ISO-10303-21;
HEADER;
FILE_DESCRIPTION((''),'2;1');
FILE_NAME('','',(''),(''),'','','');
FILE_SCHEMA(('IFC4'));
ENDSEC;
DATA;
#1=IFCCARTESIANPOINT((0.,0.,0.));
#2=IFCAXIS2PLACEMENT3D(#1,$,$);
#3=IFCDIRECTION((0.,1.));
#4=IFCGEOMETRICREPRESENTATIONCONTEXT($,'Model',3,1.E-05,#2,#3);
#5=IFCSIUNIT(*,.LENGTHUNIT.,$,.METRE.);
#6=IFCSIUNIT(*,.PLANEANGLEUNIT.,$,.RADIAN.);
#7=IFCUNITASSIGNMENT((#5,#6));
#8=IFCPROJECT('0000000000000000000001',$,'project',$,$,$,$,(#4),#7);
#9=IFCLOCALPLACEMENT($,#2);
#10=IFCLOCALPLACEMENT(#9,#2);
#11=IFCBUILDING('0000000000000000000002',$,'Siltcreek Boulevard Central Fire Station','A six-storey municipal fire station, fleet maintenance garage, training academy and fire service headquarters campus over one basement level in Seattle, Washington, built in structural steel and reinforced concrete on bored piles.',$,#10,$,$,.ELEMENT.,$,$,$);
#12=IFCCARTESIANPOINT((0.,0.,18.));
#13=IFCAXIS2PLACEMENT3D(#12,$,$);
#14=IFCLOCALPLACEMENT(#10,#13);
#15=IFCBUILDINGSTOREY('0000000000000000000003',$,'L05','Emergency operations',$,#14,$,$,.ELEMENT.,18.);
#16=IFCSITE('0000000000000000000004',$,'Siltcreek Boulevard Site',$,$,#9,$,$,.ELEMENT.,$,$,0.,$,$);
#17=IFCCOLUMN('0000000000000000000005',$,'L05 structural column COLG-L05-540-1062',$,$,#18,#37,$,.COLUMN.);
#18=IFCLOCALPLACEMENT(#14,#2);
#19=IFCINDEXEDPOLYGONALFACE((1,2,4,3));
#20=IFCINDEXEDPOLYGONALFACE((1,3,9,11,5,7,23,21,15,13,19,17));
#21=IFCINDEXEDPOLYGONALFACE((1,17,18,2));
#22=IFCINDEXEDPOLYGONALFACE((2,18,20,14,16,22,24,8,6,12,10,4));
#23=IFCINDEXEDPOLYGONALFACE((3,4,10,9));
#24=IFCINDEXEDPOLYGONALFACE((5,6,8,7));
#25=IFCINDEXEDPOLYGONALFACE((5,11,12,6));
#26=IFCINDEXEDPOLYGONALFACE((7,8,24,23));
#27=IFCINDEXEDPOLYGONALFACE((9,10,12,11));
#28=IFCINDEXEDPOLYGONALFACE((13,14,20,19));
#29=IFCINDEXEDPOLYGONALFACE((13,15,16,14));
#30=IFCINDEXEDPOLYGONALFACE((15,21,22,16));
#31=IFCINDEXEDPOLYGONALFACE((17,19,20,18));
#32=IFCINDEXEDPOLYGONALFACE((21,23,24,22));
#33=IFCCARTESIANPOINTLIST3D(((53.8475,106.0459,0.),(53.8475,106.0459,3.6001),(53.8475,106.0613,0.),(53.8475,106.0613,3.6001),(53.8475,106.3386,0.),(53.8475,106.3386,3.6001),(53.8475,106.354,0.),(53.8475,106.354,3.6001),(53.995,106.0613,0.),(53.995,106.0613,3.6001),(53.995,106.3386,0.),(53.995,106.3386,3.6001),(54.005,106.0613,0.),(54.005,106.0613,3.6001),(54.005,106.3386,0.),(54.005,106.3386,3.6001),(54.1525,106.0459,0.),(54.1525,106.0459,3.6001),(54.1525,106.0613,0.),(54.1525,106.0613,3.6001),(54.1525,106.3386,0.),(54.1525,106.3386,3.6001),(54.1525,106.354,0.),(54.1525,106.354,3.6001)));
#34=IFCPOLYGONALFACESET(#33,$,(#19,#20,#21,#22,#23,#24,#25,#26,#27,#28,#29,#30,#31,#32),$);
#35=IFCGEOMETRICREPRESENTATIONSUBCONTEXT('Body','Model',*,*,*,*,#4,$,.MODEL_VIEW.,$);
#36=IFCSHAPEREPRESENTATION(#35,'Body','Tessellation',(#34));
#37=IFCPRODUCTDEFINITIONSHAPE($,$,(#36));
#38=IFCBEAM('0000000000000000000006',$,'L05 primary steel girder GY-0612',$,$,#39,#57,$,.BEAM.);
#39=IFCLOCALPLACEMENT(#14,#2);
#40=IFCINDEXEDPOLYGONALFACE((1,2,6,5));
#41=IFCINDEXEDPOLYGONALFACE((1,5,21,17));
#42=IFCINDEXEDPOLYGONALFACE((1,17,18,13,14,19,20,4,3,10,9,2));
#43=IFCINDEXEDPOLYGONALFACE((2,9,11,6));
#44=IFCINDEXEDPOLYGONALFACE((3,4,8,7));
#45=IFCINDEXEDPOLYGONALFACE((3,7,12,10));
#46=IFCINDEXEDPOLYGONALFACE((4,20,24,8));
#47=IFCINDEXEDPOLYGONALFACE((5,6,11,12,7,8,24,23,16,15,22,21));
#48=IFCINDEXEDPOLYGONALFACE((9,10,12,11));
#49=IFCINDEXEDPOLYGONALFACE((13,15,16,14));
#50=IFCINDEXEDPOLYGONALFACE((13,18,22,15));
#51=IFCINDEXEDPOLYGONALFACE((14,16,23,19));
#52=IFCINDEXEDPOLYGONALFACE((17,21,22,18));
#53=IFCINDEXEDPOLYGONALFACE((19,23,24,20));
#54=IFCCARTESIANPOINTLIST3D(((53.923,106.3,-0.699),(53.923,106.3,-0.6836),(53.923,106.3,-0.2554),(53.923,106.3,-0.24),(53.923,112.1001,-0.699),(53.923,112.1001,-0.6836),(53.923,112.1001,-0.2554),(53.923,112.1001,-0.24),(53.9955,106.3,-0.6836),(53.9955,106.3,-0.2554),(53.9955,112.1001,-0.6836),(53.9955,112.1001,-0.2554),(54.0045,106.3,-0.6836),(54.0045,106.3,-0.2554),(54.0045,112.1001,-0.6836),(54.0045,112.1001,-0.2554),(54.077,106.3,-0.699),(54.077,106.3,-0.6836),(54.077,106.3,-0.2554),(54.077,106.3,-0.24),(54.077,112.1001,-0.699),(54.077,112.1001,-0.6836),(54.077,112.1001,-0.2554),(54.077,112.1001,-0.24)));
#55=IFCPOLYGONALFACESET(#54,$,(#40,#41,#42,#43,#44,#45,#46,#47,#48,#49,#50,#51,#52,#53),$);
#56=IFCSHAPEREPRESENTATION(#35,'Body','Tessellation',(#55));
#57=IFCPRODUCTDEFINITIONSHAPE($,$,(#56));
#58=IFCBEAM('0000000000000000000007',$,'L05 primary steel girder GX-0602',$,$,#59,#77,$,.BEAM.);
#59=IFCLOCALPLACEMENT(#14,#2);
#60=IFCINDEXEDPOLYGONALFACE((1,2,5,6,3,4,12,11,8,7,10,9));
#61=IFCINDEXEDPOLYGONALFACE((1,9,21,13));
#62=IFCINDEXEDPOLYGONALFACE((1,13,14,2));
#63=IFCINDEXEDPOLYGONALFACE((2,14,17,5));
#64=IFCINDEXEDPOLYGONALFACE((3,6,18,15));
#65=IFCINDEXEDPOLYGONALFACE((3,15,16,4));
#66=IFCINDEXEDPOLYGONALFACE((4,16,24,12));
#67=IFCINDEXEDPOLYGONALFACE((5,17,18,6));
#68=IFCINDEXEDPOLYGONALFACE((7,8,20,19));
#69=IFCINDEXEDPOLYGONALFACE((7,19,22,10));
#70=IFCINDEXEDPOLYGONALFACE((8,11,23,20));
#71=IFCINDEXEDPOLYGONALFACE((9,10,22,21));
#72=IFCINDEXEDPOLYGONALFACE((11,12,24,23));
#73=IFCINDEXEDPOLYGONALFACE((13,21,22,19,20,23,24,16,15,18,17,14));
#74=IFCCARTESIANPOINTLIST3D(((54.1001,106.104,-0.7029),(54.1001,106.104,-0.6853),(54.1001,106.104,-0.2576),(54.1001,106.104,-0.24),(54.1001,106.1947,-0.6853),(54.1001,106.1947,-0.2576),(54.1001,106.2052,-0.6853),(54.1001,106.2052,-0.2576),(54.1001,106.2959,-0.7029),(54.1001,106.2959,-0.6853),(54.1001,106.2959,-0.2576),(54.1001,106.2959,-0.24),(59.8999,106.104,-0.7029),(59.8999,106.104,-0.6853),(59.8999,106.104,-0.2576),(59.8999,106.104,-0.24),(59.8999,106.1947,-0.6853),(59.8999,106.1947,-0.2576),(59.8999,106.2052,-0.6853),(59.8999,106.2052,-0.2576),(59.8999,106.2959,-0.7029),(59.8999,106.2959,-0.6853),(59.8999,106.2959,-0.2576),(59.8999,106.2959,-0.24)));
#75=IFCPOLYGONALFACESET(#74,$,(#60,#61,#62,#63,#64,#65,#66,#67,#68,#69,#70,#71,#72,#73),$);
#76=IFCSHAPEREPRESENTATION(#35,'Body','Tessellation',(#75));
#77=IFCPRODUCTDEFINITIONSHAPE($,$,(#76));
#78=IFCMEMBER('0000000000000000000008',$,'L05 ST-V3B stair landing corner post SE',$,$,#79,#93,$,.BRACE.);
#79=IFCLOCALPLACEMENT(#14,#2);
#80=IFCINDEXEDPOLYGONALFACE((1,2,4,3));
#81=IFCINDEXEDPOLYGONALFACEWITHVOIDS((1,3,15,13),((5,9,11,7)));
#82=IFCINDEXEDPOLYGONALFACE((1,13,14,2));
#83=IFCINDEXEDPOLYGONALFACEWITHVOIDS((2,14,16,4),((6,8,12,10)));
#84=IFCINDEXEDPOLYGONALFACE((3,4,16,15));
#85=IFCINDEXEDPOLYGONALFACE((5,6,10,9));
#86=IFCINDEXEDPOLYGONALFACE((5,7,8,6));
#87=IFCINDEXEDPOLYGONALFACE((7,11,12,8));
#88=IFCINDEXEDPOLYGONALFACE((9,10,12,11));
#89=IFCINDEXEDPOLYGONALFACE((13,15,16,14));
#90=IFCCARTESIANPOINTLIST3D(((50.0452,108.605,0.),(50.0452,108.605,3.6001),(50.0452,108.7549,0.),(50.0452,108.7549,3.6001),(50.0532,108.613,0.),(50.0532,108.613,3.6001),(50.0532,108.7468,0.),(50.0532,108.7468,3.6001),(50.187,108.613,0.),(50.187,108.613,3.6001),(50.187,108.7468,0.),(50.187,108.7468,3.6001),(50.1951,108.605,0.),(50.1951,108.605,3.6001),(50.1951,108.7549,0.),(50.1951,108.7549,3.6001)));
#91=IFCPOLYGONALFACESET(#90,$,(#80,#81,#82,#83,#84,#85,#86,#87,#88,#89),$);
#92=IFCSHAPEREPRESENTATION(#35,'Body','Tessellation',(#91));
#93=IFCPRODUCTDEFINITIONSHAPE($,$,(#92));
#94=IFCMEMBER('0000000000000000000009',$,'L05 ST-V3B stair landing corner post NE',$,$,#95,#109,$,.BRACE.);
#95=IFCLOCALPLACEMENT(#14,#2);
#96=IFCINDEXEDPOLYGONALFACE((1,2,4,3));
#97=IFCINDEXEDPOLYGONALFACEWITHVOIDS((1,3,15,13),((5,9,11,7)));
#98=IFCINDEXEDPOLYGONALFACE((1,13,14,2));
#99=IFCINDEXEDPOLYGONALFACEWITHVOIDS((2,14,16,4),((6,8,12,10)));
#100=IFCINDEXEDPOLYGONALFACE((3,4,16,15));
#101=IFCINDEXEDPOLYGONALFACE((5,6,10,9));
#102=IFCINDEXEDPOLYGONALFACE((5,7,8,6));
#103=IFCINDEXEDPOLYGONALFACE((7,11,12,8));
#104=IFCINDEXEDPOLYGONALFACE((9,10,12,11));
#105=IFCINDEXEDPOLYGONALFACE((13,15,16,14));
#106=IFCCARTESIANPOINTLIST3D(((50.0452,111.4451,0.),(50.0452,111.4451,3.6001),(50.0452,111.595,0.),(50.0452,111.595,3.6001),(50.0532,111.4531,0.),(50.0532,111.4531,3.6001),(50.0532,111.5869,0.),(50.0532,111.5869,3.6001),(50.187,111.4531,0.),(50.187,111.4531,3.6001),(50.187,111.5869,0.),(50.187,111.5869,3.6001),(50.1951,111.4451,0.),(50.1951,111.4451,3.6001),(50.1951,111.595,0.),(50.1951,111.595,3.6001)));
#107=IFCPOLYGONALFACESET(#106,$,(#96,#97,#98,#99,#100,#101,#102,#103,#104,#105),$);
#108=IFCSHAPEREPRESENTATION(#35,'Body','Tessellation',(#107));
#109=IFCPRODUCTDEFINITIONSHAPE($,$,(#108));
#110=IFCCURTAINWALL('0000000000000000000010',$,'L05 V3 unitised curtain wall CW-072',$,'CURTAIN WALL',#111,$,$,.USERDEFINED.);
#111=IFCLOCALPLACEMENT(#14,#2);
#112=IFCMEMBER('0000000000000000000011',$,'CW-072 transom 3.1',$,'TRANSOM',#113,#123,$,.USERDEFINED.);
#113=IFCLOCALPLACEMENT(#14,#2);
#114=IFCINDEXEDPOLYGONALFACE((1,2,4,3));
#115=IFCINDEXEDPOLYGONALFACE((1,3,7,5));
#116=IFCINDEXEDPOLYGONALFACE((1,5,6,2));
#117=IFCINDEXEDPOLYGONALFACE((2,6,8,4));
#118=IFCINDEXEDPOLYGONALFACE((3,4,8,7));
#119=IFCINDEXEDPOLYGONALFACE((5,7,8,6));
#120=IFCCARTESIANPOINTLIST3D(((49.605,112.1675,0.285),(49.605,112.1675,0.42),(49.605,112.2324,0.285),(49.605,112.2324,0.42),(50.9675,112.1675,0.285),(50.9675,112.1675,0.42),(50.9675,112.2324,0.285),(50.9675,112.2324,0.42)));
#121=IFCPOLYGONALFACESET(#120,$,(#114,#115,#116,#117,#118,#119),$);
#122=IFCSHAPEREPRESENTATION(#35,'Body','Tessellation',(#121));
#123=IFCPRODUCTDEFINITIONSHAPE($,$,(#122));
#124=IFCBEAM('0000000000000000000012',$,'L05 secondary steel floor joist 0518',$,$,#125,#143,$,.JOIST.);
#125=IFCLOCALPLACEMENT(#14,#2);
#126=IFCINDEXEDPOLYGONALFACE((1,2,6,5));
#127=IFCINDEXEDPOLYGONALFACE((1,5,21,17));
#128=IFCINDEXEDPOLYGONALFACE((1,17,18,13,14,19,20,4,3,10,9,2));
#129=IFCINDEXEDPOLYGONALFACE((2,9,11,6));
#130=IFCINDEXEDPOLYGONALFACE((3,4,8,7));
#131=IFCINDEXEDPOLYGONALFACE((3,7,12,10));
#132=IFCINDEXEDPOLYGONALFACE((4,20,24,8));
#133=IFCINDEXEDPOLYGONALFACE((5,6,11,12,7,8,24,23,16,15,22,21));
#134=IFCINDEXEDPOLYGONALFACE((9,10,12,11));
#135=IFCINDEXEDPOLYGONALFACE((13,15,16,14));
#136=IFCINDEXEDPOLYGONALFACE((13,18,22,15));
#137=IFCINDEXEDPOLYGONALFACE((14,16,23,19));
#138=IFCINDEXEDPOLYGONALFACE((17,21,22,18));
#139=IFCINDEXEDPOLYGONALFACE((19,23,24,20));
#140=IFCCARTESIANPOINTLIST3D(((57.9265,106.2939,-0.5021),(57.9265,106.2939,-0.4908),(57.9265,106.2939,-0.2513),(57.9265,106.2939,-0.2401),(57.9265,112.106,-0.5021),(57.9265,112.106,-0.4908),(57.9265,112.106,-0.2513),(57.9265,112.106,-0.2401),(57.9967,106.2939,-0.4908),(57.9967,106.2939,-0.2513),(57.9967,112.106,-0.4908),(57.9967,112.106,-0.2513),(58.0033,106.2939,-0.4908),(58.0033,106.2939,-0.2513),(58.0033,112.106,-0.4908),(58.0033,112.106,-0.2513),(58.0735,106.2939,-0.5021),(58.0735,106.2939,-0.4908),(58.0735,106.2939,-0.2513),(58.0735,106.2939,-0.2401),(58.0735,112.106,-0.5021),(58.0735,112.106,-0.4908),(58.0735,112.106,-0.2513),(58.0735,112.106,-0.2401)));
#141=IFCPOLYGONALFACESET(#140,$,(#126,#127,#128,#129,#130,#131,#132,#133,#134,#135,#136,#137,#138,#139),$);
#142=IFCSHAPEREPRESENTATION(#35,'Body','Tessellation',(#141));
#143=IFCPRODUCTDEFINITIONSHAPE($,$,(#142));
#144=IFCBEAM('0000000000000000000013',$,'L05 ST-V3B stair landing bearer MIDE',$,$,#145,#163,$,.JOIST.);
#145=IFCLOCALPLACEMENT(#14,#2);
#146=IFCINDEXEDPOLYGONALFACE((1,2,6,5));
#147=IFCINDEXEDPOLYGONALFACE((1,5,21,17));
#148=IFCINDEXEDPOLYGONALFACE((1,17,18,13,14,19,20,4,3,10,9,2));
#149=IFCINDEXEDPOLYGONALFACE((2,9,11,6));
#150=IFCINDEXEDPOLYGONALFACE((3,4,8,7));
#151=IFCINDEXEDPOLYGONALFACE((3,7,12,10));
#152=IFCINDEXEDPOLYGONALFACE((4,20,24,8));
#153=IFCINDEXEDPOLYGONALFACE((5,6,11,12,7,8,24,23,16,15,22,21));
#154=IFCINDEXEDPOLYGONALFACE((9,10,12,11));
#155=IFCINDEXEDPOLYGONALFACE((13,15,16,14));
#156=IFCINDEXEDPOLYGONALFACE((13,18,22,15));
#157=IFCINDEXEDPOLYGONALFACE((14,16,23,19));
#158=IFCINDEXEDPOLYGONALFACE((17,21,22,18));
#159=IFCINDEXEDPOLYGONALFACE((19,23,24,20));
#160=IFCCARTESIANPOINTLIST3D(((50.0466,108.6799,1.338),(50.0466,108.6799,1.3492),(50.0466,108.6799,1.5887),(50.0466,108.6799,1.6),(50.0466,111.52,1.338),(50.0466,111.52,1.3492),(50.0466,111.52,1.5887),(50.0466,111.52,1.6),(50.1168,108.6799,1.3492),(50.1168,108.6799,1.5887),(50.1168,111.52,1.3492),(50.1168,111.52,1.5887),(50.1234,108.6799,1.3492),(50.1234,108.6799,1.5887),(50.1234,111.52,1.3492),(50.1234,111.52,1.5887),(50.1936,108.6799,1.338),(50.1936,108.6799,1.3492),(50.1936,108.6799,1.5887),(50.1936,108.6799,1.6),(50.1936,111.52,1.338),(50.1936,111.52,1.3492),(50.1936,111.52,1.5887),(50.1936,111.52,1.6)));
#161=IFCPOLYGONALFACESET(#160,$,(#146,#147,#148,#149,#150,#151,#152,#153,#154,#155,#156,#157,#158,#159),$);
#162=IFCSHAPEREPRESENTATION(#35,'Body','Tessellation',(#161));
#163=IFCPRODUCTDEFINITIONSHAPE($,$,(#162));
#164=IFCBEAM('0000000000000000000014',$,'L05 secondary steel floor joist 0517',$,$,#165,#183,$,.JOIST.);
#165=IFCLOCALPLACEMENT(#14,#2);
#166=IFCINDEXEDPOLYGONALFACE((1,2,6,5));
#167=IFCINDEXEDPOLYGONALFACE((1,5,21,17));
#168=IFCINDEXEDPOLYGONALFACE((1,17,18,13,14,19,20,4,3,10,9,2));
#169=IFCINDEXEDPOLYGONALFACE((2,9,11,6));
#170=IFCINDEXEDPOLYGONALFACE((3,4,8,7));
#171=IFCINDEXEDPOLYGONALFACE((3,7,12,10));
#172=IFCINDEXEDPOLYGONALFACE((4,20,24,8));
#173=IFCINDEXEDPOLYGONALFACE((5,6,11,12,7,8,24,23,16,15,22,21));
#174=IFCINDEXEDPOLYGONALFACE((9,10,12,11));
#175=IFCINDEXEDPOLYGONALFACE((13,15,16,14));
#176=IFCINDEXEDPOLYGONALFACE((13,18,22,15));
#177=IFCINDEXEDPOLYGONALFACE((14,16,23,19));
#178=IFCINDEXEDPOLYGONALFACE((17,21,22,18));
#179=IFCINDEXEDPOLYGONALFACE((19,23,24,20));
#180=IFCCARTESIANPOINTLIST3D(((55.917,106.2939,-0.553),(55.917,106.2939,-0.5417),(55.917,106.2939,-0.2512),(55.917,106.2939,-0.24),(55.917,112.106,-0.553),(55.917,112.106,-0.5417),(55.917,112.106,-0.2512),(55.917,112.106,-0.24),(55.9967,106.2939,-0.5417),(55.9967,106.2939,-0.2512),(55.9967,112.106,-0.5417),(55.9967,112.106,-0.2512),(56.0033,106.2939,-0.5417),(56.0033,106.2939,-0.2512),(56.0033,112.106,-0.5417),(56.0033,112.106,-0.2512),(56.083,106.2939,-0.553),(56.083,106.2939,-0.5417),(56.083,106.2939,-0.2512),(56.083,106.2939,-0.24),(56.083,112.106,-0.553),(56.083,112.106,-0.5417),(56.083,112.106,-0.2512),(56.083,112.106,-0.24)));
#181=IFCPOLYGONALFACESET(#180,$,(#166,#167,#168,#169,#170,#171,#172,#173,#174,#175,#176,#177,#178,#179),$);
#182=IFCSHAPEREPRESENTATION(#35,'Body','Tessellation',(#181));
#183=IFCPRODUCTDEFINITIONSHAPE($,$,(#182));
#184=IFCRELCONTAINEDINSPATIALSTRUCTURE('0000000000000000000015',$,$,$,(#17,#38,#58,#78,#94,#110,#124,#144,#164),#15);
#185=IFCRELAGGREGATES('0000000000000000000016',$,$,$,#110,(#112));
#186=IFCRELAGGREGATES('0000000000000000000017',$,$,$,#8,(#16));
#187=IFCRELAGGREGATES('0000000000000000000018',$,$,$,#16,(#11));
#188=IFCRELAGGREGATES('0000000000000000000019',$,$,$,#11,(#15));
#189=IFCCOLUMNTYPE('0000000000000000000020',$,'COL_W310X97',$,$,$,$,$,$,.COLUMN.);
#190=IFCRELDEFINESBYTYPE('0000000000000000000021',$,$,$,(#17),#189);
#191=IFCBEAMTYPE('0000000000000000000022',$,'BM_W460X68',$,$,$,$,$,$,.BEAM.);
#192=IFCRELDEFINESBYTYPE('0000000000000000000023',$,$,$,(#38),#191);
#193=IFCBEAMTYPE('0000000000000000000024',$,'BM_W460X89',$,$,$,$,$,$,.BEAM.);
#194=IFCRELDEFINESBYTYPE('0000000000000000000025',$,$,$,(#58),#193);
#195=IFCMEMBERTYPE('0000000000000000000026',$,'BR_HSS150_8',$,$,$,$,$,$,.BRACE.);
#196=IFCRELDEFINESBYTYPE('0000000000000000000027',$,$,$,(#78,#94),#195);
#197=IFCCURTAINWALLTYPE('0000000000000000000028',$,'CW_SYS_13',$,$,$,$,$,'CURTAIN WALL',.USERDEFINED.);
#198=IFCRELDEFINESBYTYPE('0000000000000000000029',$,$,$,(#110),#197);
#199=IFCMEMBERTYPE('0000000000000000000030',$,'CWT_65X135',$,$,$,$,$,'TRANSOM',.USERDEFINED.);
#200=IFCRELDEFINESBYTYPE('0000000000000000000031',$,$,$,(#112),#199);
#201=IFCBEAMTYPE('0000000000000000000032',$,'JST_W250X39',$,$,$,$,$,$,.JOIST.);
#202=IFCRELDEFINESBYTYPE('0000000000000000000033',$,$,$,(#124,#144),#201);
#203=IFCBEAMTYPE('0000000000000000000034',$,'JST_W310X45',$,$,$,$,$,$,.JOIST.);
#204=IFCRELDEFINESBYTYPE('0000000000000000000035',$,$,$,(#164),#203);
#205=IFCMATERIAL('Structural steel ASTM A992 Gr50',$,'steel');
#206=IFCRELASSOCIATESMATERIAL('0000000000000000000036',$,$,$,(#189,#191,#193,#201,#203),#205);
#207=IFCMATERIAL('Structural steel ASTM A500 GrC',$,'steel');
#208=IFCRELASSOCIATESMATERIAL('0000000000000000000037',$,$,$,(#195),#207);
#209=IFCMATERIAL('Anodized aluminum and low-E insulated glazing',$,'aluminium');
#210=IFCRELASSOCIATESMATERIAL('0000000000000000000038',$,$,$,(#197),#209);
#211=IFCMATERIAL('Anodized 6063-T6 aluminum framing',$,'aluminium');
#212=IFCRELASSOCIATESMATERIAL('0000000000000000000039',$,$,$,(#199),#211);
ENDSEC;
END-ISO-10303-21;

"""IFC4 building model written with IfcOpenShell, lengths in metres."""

from ifc_helpers import new_model, si_unit, direction, frame, origin, origin_2d, place, context, subcontext, project, spatial, rectangle, hollow_rectangle, i_section, extrude, material, material_profile, profile_set, type_object, element, aggregate, save


model = new_model("IFC4")

# Units and contexts
model_context = context("Model", 3, precision=1e-05, world=origin(), true_north=direction((0.0, 1.0)))
body_context = subcontext(model_context, "Body", "Model", "MODEL_VIEW")
ifc_project = project(units=[si_unit("LENGTHUNIT", "METRE"), si_unit("PLANEANGLEUNIT", "RADIAN")], contexts=[model_context])

# Site, building, storey
site_placement = place(None, origin())
site = spatial("IfcSite", under=ifc_project, at=site_placement, Name="Siltcreek Boulevard Site", CompositionType="ELEMENT", RefElevation=0.0)
building_placement = place(site_placement, origin())
building = spatial("IfcBuilding", under=site, at=building_placement, Name="Siltcreek Boulevard Central Fire Station", Description="A six-storey municipal fire station, fleet maintenance garage, training academy and fire service headquarters campus over one basement level in Seattle, Washington, built in structural steel and reinforced concrete on bored piles.", CompositionType="ELEMENT")
storey_placement = place(building_placement, frame((0.0, 0.0, 18.0)))
storey = spatial("IfcBuildingStorey", under=building, at=storey_placement, Name="L05", Description="Emergency operations", CompositionType="ELEMENT", Elevation=18.0)

# Column
ifc_material_1 = material(Name="Structural steel ASTM A992 Gr50", Category="steel")
ifc_material_profile_1 = material_profile(ifc_material_1, i_section(OverallWidth=0.3049, OverallDepth=0.3081, WebThickness=0.01, FlangeThickness=0.0154, at=origin_2d()), Name="W310X97")
ifc_profile_set_1 = profile_set([ifc_material_profile_1], Name="Structural steel ASTM A992 Gr50")
column_type = type_object("IfcColumnType", Name="COL_W310X97", PredefinedType="COLUMN", material=ifc_profile_set_1)
column_placement = place(storey_placement, frame((54.0, 106.2, 0.0), z_axis=(0.0, 0.0, 1.0), x_axis=(1.0, 0.0, 0.0)))
element("IfcColumn", 1, at=column_placement, inside=storey, type_object=column_type, Name="L05 structural column COLG-L05-540-1062", PredefinedType="COLUMN", context=body_context, shape_type="SweptSolid", body=[
    extrude(i_section(OverallWidth=0.3049, OverallDepth=0.3081, WebThickness=0.01, FlangeThickness=0.0154, at=origin_2d()), origin(), (0.0, 0.0, 1.0), 3.6001),
])

# Beams
ifc_material_profile_2 = material_profile(ifc_material_1, i_section(OverallWidth=0.1541, OverallDepth=0.459, WebThickness=0.009, FlangeThickness=0.0154, at=origin_2d()), Name="W460X68")
ifc_profile_set_2 = profile_set([ifc_material_profile_2], Name="Structural steel ASTM A992 Gr50")
beam_type_1 = type_object("IfcBeamType", Name="BM_W460X68", PredefinedType="BEAM", material=ifc_profile_set_2)
beam_1_placement = place(storey_placement, frame((54.0, 106.3, -0.4695), z_axis=(0.0, 1.0, 0.0), x_axis=(-1.0, 0.0, 0.0)))
element("IfcBeam", 2, at=beam_1_placement, inside=storey, type_object=beam_type_1, Name="L05 primary steel girder GY-0612", PredefinedType="BEAM", context=body_context, shape_type="SweptSolid", body=[
    extrude(i_section(OverallWidth=0.1541, OverallDepth=0.459, WebThickness=0.009, FlangeThickness=0.0154, at=origin_2d()), origin(), (0.0, 0.0, 1.0), 5.8),
])
ifc_material_profile_3 = material_profile(ifc_material_1, i_section(OverallWidth=0.1919, OverallDepth=0.4629, WebThickness=0.0105, FlangeThickness=0.0176, at=origin_2d()), Name="W460X89")
ifc_profile_set_3 = profile_set([ifc_material_profile_3], Name="Structural steel ASTM A992 Gr50")
beam_type_2 = type_object("IfcBeamType", Name="BM_W460X89", PredefinedType="BEAM", material=ifc_profile_set_3)
beam_2_placement = place(storey_placement, frame((54.1001, 106.2, -0.4714), z_axis=(1.0, 0.0, 0.0), x_axis=(0.0, 1.0, 0.0)))
element("IfcBeam", 3, at=beam_2_placement, inside=storey, type_object=beam_type_2, Name="L05 primary steel girder GX-0602", PredefinedType="BEAM", context=body_context, shape_type="SweptSolid", body=[
    extrude(i_section(OverallWidth=0.1919, OverallDepth=0.4629, WebThickness=0.0105, FlangeThickness=0.0176, at=origin_2d()), origin(), (0.0, 0.0, 1.0), 5.7998),
])

# Members
ifc_material_2 = material(Name="Structural steel ASTM A500 GrC", Category="steel")
ifc_material_profile_4 = material_profile(ifc_material_2, hollow_rectangle(XDim=0.1499, YDim=0.1499, WallThickness=0.0081, at=origin_2d()), Name="HSS150X150X8.0")
ifc_profile_set_4 = profile_set([ifc_material_profile_4], Name="Structural steel ASTM A500 GrC")
member_type_1 = type_object("IfcMemberType", Name="BR_HSS150_8", PredefinedType="BRACE", material=ifc_profile_set_4)
for number, where, z_axis, x_axis, name in (
    (4, (50.1201, 108.6799, 0.0), (0.0, 0.0, 1.0), (1.0, 0.0, 0.0), "L05 ST-V3B stair landing corner post SE"),
    (5, (50.1201, 111.52, 0.0), (0.0, 0.0, 1.0), (1.0, 0.0, 0.0), "L05 ST-V3B stair landing corner post NE"),
):
    element("IfcMember", number, at=place(storey_placement, frame(where, z_axis=z_axis, x_axis=x_axis)), inside=storey, type_object=member_type_1, Name=name, PredefinedType="BRACE", context=body_context, shape_type="SweptSolid", body=[
        extrude(hollow_rectangle(XDim=0.1499, YDim=0.1499, WallThickness=0.0081, at=origin_2d()), origin(), (0.0, 0.0, 1.0), 3.6001),
    ])

# Curtain wall, member
ifc_material_3 = material(Name="Anodized aluminum and low-E insulated glazing", Category="aluminium")
curtain_wall_type = type_object("IfcCurtainWallType", Name="CW_SYS_13", ElementType="CURTAIN WALL", PredefinedType="USERDEFINED", material=ifc_material_3)
curtain_wall_placement = place(storey_placement, origin())
curtain_wall = element("IfcCurtainWall", 6, at=curtain_wall_placement, inside=storey, type_object=curtain_wall_type, Name="L05 V3 unitised curtain wall CW-072", ObjectType="CURTAIN WALL", PredefinedType="USERDEFINED")
ifc_material_4 = material(Name="Anodized 6063-T6 aluminum framing", Category="aluminium")
ifc_material_profile_5 = material_profile(ifc_material_4, rectangle(XDim=0.0649, YDim=0.135, at=origin_2d()), Name="TRAN65X135")
ifc_profile_set_5 = profile_set([ifc_material_profile_5], Name="Anodized 6063-T6 aluminum framing")
member_type_2 = type_object("IfcMemberType", Name="CWT_65X135", ElementType="TRANSOM", PredefinedType="USERDEFINED", material=ifc_profile_set_5)
member_placement = place(storey_placement, frame((50.9675, 112.2, 0.3525), z_axis=(-1.0, 0.0, 0.0), x_axis=(0.0, -1.0, 0.0)))
member = element("IfcMember", 7, at=member_placement, type_object=member_type_2, Name="CW-072 transom 3.1", ObjectType="TRANSOM", PredefinedType="USERDEFINED", context=body_context, shape_type="SweptSolid", body=[
    extrude(rectangle(XDim=0.0649, YDim=0.135, at=origin_2d()), origin(), (0.0, 0.0, 1.0), 1.3625),
])

# Beams
ifc_material_profile_6 = material_profile(ifc_material_1, i_section(OverallWidth=0.147, OverallDepth=0.262, WebThickness=0.0066, FlangeThickness=0.0112, at=origin_2d()), Name="W250X39")
ifc_profile_set_6 = profile_set([ifc_material_profile_6], Name="Structural steel ASTM A992 Gr50")
beam_type_3 = type_object("IfcBeamType", Name="JST_W250X39", PredefinedType="JOIST", material=ifc_profile_set_6)
beam_3_placement = place(storey_placement, frame((58.0, 106.2939, -0.3711), z_axis=(0.0, 1.0, 0.0), x_axis=(-1.0, 0.0, 0.0)))
element("IfcBeam", 8, at=beam_3_placement, inside=storey, type_object=beam_type_3, Name="L05 secondary steel floor joist 0518", PredefinedType="JOIST", context=body_context, shape_type="SweptSolid", body=[
    extrude(i_section(OverallWidth=0.147, OverallDepth=0.262, WebThickness=0.0066, FlangeThickness=0.0112, at=origin_2d()), origin(), (0.0, 0.0, 1.0), 5.812),
])
beam_4_placement = place(storey_placement, frame((50.1201, 108.6799, 1.469), z_axis=(0.0, 1.0, 0.0), x_axis=(-1.0, 0.0, 0.0)))
element("IfcBeam", 9, at=beam_4_placement, inside=storey, type_object=beam_type_3, Name="L05 ST-V3B stair landing bearer MIDE", PredefinedType="JOIST", context=body_context, shape_type="SweptSolid", body=[
    extrude(i_section(OverallWidth=0.147, OverallDepth=0.262, WebThickness=0.0066, FlangeThickness=0.0112, at=origin_2d()), origin(), (0.0, 0.0, 1.0), 2.8401),
])
ifc_material_profile_7 = material_profile(ifc_material_1, i_section(OverallWidth=0.166, OverallDepth=0.313, WebThickness=0.0066, FlangeThickness=0.0112, at=origin_2d()), Name="W310X45")
ifc_profile_set_7 = profile_set([ifc_material_profile_7], Name="Structural steel ASTM A992 Gr50")
beam_type_4 = type_object("IfcBeamType", Name="JST_W310X45", PredefinedType="JOIST", material=ifc_profile_set_7)
beam_5_placement = place(storey_placement, frame((56.0, 106.2939, -0.3965), z_axis=(0.0, 1.0, 0.0), x_axis=(-1.0, 0.0, 0.0)))
element("IfcBeam", 10, at=beam_5_placement, inside=storey, type_object=beam_type_4, Name="L05 secondary steel floor joist 0517", PredefinedType="JOIST", context=body_context, shape_type="SweptSolid", body=[
    extrude(i_section(OverallWidth=0.166, OverallDepth=0.313, WebThickness=0.0066, FlangeThickness=0.0112, at=origin_2d()), origin(), (0.0, 0.0, 1.0), 5.812),
])

aggregate(curtain_wall, [member])

save(model, "model.ifc")
